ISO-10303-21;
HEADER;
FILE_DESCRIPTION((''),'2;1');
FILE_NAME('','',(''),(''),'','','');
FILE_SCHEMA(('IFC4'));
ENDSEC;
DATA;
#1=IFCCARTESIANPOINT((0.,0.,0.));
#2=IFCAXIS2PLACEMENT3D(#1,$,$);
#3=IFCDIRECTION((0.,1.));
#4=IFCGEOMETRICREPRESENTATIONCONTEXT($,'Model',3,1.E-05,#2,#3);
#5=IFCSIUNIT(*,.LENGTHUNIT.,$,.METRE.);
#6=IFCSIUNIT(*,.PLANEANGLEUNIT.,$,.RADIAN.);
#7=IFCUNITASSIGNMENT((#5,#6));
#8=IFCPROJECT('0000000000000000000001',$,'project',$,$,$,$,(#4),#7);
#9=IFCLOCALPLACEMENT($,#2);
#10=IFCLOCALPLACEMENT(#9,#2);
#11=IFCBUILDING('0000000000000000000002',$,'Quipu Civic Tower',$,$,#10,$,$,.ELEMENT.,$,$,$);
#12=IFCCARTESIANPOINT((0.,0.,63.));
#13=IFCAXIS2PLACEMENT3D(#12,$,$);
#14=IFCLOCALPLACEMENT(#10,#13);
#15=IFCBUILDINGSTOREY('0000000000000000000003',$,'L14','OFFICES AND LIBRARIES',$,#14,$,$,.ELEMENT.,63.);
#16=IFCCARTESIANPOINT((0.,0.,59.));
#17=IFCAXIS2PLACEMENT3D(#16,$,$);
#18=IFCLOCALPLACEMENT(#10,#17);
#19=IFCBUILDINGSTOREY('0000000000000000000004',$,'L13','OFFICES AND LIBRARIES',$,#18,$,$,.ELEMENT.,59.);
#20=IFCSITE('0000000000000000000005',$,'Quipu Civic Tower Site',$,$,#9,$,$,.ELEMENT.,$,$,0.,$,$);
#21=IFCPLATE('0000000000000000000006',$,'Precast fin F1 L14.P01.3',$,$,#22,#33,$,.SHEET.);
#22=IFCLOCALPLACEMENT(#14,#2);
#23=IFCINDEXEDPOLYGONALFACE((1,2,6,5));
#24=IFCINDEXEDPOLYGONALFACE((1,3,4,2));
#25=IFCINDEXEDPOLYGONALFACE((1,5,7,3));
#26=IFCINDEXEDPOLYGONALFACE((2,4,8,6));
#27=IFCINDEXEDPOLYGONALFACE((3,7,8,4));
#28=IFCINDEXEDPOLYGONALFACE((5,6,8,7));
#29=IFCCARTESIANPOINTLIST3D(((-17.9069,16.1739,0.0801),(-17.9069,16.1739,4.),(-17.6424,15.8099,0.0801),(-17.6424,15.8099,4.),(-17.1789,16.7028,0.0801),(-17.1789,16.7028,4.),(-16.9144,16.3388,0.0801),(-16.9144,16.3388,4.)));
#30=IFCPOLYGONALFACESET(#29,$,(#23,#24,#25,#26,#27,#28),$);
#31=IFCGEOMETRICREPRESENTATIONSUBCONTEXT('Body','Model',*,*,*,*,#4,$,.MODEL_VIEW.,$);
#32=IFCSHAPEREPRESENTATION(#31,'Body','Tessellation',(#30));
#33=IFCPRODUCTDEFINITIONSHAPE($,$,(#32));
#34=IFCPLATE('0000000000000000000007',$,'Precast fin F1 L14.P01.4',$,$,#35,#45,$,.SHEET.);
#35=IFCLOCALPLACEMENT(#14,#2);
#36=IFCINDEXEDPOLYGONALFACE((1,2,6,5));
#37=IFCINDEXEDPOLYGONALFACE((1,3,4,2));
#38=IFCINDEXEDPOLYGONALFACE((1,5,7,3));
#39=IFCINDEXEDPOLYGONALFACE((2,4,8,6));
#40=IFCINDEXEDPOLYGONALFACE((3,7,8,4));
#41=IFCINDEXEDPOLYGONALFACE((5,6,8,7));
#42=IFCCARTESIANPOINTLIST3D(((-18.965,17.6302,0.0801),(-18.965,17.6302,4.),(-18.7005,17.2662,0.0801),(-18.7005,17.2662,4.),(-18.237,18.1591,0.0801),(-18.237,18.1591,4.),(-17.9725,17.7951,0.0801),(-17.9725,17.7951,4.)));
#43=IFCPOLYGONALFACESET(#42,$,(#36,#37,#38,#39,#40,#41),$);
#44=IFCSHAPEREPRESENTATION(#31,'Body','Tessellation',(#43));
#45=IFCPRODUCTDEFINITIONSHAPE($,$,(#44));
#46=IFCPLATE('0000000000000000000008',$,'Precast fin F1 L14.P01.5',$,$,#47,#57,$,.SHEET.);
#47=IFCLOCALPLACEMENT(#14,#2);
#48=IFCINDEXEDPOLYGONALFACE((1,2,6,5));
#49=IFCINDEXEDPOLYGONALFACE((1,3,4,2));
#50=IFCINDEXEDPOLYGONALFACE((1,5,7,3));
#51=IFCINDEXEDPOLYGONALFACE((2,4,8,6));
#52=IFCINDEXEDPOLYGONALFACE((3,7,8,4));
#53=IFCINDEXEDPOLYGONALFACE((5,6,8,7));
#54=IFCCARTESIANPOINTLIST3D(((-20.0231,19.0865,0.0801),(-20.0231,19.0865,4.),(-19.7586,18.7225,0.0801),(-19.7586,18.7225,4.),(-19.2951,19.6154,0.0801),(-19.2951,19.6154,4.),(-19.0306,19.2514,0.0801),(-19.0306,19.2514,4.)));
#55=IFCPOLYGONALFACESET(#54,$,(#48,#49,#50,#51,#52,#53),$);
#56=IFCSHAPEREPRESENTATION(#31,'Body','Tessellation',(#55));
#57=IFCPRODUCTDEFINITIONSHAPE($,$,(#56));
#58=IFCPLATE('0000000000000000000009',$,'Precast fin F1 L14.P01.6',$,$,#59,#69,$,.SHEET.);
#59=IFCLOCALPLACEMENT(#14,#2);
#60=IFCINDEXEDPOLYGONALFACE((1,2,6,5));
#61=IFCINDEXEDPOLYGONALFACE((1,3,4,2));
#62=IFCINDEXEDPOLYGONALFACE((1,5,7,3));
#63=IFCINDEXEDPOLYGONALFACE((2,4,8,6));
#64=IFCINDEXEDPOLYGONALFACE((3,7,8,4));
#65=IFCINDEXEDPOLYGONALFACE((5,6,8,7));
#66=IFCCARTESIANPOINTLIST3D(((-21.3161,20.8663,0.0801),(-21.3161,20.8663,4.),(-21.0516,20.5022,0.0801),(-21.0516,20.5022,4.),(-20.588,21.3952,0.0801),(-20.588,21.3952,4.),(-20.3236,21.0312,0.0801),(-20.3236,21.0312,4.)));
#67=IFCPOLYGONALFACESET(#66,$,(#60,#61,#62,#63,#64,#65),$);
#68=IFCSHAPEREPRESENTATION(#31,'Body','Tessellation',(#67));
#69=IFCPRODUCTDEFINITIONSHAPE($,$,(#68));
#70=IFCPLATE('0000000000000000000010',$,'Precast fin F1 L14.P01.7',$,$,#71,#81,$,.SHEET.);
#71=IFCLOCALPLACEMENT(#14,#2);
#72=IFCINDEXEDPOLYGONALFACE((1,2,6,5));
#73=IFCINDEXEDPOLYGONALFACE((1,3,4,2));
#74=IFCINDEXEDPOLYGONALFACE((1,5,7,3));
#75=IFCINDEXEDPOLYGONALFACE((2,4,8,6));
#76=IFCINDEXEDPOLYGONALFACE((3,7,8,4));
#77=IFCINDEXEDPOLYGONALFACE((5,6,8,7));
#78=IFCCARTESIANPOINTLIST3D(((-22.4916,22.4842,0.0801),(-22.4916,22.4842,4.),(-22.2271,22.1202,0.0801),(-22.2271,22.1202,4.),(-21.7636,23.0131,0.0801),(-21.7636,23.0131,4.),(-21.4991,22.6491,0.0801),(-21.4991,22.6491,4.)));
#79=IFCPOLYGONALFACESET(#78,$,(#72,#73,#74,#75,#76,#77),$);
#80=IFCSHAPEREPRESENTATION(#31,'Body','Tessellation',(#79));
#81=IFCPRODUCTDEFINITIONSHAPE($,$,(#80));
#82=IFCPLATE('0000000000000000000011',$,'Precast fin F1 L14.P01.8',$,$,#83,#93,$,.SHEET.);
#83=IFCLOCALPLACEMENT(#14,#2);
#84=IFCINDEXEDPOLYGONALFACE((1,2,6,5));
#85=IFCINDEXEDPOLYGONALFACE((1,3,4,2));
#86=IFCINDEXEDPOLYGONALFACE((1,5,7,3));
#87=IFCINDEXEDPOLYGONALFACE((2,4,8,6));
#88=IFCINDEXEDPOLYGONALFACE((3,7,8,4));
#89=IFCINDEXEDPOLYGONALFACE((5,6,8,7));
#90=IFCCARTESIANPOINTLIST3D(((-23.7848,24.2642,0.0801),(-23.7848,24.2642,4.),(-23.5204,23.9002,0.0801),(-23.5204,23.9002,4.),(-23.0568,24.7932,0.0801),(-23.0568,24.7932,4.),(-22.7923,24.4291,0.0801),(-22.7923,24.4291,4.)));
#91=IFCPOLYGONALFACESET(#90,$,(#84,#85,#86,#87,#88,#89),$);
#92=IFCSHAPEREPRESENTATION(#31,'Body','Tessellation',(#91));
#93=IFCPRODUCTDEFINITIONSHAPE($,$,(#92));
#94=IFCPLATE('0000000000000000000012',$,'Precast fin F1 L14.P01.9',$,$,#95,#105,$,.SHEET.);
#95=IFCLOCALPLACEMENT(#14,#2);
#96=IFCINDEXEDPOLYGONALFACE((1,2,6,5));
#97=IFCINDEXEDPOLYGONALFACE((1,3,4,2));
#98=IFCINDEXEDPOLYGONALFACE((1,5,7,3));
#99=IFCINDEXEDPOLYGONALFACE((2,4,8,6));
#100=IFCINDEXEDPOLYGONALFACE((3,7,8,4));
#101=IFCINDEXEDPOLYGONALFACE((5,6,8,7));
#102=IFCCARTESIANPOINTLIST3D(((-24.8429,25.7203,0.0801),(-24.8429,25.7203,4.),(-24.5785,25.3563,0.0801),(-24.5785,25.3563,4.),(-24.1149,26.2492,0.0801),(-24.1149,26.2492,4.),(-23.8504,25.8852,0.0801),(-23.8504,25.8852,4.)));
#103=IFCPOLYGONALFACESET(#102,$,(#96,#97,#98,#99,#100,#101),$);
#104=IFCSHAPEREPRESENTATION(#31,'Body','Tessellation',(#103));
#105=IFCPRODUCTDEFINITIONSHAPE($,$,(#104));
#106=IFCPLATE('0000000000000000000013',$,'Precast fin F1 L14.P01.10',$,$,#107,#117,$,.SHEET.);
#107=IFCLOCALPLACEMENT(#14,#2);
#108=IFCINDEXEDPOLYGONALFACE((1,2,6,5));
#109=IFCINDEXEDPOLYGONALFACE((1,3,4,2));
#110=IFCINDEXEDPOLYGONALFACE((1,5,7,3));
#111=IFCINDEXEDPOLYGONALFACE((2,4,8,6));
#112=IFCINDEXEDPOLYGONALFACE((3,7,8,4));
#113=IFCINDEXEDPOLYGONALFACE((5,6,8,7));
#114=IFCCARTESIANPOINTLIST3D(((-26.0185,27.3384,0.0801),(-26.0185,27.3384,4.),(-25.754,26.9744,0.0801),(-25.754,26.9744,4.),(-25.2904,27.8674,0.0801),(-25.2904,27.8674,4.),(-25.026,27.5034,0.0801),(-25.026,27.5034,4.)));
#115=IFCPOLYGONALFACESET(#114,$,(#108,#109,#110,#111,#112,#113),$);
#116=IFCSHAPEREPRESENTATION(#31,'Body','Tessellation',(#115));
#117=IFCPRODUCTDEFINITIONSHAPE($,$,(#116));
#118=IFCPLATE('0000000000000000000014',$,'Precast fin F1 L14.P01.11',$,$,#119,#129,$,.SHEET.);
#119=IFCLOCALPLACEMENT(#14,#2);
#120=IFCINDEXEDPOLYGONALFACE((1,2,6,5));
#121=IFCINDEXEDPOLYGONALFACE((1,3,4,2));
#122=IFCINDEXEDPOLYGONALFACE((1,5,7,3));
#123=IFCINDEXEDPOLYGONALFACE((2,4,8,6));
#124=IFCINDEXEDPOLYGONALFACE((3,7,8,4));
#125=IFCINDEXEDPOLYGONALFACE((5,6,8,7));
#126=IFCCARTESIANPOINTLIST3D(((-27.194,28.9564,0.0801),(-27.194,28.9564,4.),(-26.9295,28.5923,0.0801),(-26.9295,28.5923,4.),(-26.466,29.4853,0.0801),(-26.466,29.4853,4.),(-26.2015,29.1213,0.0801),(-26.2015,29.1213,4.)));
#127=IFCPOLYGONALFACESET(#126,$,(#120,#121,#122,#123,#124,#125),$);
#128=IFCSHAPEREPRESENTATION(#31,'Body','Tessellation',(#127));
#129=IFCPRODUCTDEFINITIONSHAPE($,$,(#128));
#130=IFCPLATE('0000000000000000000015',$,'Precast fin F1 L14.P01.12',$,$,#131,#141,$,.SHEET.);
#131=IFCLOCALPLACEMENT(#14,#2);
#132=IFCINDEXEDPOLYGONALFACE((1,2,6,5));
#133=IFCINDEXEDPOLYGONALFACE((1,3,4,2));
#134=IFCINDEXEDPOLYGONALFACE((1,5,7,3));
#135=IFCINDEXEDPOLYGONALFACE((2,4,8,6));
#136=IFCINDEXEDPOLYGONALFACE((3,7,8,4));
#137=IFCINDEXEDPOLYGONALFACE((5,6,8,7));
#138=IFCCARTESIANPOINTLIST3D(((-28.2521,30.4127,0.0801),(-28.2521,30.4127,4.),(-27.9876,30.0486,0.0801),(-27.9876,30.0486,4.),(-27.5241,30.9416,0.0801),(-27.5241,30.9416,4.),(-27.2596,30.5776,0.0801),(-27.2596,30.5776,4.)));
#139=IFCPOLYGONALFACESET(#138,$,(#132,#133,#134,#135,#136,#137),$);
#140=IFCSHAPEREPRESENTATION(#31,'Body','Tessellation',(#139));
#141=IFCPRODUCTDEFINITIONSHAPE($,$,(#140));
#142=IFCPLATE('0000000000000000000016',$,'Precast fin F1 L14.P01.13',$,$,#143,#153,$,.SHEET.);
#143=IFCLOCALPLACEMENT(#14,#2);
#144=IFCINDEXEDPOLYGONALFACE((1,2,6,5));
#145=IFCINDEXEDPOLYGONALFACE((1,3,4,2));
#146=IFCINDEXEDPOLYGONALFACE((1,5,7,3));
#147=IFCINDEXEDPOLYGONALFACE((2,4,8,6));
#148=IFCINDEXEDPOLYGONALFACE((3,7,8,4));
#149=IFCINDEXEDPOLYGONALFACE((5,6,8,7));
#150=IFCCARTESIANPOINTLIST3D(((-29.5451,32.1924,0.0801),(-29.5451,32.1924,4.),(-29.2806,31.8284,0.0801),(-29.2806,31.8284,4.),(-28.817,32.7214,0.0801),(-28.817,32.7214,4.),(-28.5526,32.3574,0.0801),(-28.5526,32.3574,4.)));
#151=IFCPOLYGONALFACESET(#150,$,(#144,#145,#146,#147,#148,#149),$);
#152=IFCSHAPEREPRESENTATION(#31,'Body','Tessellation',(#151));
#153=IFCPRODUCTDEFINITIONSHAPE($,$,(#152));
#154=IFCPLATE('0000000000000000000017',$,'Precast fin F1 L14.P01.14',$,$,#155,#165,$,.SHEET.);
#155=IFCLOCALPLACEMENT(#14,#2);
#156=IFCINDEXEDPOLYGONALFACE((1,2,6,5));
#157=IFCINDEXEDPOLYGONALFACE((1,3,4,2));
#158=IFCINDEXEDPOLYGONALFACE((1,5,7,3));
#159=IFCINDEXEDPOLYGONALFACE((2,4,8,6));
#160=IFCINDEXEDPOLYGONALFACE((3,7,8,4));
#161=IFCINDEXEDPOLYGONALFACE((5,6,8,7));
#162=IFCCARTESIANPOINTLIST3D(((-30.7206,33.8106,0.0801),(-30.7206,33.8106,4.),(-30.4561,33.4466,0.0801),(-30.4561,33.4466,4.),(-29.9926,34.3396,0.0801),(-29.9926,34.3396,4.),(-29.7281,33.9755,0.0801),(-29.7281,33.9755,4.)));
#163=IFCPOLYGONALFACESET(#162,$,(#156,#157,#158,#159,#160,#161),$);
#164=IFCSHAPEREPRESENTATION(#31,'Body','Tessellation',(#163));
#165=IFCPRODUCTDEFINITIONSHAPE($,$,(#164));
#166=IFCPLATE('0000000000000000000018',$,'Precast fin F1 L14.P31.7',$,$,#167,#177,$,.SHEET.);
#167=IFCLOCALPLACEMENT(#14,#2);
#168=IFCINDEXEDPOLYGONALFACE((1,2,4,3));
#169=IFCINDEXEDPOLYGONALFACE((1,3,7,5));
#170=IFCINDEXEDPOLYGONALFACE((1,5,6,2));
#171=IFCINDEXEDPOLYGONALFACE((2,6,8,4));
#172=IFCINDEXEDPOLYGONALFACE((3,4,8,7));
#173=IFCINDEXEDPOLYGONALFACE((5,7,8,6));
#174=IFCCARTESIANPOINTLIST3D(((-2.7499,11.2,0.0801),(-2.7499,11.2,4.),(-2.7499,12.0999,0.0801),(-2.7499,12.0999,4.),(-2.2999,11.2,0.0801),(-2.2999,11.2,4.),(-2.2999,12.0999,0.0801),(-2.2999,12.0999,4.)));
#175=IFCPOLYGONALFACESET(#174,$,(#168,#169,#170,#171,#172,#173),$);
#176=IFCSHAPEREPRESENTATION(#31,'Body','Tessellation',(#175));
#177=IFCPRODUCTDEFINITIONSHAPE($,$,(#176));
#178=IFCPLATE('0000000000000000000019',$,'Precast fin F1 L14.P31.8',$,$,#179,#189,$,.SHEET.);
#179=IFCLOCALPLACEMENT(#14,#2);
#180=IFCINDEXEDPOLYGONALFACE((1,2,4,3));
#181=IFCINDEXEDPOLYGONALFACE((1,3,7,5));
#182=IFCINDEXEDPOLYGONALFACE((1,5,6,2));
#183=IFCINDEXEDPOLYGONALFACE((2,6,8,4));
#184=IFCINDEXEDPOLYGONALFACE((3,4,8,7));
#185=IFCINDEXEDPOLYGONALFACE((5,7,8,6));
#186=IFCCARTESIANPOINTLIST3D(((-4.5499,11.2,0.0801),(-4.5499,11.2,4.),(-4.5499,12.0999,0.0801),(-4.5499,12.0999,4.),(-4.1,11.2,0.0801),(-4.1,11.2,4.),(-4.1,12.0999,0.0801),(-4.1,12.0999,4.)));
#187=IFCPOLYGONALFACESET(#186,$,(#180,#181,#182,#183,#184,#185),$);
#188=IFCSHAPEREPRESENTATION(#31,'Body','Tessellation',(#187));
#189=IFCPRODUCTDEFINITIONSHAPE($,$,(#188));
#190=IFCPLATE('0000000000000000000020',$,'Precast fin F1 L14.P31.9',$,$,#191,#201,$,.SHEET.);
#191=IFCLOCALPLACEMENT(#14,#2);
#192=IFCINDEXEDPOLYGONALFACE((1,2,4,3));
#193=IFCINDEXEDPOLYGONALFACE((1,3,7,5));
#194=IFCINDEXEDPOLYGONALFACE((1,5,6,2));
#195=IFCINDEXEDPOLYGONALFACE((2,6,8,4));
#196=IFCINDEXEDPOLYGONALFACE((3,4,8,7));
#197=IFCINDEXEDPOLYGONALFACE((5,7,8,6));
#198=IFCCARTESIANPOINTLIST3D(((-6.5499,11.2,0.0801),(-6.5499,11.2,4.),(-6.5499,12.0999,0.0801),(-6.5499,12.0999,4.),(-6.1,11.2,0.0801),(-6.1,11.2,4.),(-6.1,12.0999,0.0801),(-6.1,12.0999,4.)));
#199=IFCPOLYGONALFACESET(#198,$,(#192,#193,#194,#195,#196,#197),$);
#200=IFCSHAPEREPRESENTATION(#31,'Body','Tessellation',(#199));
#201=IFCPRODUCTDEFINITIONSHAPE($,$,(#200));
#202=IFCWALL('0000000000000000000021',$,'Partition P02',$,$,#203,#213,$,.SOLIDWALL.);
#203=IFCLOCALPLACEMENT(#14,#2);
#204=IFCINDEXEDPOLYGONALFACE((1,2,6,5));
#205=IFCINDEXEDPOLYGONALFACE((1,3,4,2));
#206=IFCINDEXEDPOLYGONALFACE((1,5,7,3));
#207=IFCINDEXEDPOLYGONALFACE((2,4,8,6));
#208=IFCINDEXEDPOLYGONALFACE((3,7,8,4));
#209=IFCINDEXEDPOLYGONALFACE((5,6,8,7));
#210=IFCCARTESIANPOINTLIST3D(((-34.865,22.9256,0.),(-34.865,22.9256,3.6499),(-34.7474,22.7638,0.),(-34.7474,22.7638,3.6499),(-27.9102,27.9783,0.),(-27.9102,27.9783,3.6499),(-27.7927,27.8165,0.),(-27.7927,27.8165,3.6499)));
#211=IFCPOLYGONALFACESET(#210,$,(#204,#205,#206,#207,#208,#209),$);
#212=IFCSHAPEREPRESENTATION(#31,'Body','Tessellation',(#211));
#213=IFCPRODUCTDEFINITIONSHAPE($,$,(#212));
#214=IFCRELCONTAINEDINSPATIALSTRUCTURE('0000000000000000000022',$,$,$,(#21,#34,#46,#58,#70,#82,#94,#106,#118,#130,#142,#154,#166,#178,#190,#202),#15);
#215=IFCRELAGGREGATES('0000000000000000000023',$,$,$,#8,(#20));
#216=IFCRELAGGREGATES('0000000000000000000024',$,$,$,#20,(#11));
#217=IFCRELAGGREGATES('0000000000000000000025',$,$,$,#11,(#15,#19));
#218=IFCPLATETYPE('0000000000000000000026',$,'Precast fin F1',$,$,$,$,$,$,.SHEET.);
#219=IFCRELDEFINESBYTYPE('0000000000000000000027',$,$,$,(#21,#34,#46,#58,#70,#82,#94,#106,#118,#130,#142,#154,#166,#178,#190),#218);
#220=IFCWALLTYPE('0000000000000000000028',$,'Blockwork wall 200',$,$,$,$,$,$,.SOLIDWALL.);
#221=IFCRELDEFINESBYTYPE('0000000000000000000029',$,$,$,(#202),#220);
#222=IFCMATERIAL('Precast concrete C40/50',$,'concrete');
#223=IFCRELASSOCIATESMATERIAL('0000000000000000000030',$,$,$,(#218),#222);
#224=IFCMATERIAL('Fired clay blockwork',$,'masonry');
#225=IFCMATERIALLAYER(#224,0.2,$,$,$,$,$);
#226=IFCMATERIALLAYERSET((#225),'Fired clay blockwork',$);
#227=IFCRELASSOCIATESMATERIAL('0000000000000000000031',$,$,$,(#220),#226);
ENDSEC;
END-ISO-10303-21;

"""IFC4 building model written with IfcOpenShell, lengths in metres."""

from ifc_helpers import new_model, si_unit, direction, frame, frame_2d, origin, origin_2d, place, context, subcontext, project, spatial, rectangle, extrude, material, layer, layer_set, type_object, element, save


model = new_model("IFC4")

# Units and contexts
model_context = context("Model", 3, precision=1e-05, world=origin(), true_north=direction((0.0, 1.0)))
body_context = subcontext(model_context, "Body", "Model", "MODEL_VIEW")
ifc_project = project(units=[si_unit("LENGTHUNIT", "METRE"), si_unit("PLANEANGLEUNIT", "RADIAN")], contexts=[model_context])

# Site, building, storey
site_placement = place(None, origin())
site = spatial("IfcSite", under=ifc_project, at=site_placement, Name="Quipu Civic Tower Site", CompositionType="ELEMENT", RefElevation=0.0)
building_placement = place(site_placement, origin())
building = spatial("IfcBuilding", under=site, at=building_placement, Name="Quipu Civic Tower", CompositionType="ELEMENT")
storey_1_placement = place(building_placement, frame((0.0, 0.0, 63.0)))
storey_1 = spatial("IfcBuildingStorey", under=building, at=storey_1_placement, Name="L14", Description="OFFICES AND LIBRARIES", CompositionType="ELEMENT", Elevation=63.0)

# Shared definitions
storey_2_placement = place(building_placement, frame((0.0, 0.0, 59.0)))
storey_2 = spatial("IfcBuildingStorey", under=building, at=storey_2_placement, Name="L13", Description="OFFICES AND LIBRARIES", CompositionType="ELEMENT", Elevation=59.0)

# Plates
ifc_material_1 = material(Name="Precast concrete C40/50", Category="concrete")
plate_type_1 = type_object("IfcPlateType", Name="Precast fin F1", PredefinedType="SHEET", material=ifc_material_1)
for number, where, z_axis, x_axis, name in (
    (1, (-17.4106, 16.2563, 0.0801), (0.0, 0.0, 1.0), (-0.587785, 0.809017, 0.0), "Precast fin F1 L14.P01.3"),
    (2, (-18.4688, 17.7126, 0.0801), (0.0, 0.0, 1.0), (-0.587785, 0.809017, 0.0), "Precast fin F1 L14.P01.4"),
    (3, (-19.5269, 19.1689, 0.0801), (0.0, 0.0, 1.0), (-0.587785, 0.809017, 0.0), "Precast fin F1 L14.P01.5"),
    (4, (-20.8198, 20.9487, 0.0801), (0.0, 0.0, 1.0), (-0.587785, 0.809017, 0.0), "Precast fin F1 L14.P01.6"),
    (5, (-21.9954, 22.5667, 0.0801), (0.0, 0.0, 1.0), (-0.587785, 0.809017, 0.0), "Precast fin F1 L14.P01.7"),
    (6, (-23.2886, 24.3467, 0.0801), (0.0, 0.0, 1.0), (-0.587785, 0.809017, 0.0), "Precast fin F1 L14.P01.8"),
    (7, (-24.3467, 25.8027, 0.0801), (0.0, 0.0, 1.0), (-0.587785, 0.809017, 0.0), "Precast fin F1 L14.P01.9"),
    (8, (-25.5222, 27.4209, 0.0801), (0.0, 0.0, 1.0), (-0.587785, 0.809017, 0.0), "Precast fin F1 L14.P01.10"),
    (9, (-26.6978, 29.0388, 0.0801), (0.0, 0.0, 1.0), (-0.587785, 0.809017, 0.0), "Precast fin F1 L14.P01.11"),
    (10, (-27.7559, 30.4951, 0.0801), (0.0, 0.0, 1.0), (-0.587785, 0.809017, 0.0), "Precast fin F1 L14.P01.12"),
    (11, (-29.0488, 32.2749, 0.0801), (0.0, 0.0, 1.0), (-0.587785, 0.809017, 0.0), "Precast fin F1 L14.P01.13"),
    (12, (-30.2244, 33.8931, 0.0801), (0.0, 0.0, 1.0), (-0.587785, 0.809017, 0.0), "Precast fin F1 L14.P01.14"),
    (13, (-2.5249, 11.6499, 0.0801), (0.0, 0.0, 1.0), (-1.0, 0.0, 0.0), "Precast fin F1 L14.P31.7"),
    (14, (-4.325, 11.6499, 0.0801), (0.0, 0.0, 1.0), (-1.0, 0.0, 0.0), "Precast fin F1 L14.P31.8"),
    (15, (-6.325, 11.6499, 0.0801), (0.0, 0.0, 1.0), (-1.0, 0.0, 0.0), "Precast fin F1 L14.P31.9"),
):
    element("IfcPlate", number, at=place(storey_1_placement, frame(where, z_axis=z_axis, x_axis=x_axis)), inside=storey_1, type_object=plate_type_1, Name=name, PredefinedType="SHEET", context=body_context, shape_type="SweptSolid", body=[
        extrude(rectangle(XDim=0.45, YDim=0.8999, at=origin_2d()), origin(), (0.0, 0.0, 1.0), 3.9199),
    ])

# Wall
ifc_material_2 = material(Name="Fired clay blockwork", Category="masonry")
ifc_layer_1 = layer(ifc_material_2, 0.2)
ifc_layer_set_1 = layer_set([ifc_layer_1], Name="Fired clay blockwork")
wall_type_1 = type_object("IfcWallType", Name="Blockwork wall 200", PredefinedType="SOLIDWALL", material=ifc_layer_set_1)
wall_1_placement = place(storey_1_placement, frame((-27.8513, 27.8975, 0.0), z_axis=(0.0, 0.0, 1.0), x_axis=(-0.809031, -0.587766, 0.0)))
element("IfcWall", 16, at=wall_1_placement, inside=storey_1, type_object=wall_type_1, Name="Partition P02", PredefinedType="SOLIDWALL", context=body_context, shape_type="SweptSolid", body=[
    extrude(rectangle(XDim=8.5964, YDim=0.2, at=frame_2d((4.2983, 0.0))), origin(), (0.0, 0.0, 1.0), 3.6499),
])

save(model, "model.ifc")
